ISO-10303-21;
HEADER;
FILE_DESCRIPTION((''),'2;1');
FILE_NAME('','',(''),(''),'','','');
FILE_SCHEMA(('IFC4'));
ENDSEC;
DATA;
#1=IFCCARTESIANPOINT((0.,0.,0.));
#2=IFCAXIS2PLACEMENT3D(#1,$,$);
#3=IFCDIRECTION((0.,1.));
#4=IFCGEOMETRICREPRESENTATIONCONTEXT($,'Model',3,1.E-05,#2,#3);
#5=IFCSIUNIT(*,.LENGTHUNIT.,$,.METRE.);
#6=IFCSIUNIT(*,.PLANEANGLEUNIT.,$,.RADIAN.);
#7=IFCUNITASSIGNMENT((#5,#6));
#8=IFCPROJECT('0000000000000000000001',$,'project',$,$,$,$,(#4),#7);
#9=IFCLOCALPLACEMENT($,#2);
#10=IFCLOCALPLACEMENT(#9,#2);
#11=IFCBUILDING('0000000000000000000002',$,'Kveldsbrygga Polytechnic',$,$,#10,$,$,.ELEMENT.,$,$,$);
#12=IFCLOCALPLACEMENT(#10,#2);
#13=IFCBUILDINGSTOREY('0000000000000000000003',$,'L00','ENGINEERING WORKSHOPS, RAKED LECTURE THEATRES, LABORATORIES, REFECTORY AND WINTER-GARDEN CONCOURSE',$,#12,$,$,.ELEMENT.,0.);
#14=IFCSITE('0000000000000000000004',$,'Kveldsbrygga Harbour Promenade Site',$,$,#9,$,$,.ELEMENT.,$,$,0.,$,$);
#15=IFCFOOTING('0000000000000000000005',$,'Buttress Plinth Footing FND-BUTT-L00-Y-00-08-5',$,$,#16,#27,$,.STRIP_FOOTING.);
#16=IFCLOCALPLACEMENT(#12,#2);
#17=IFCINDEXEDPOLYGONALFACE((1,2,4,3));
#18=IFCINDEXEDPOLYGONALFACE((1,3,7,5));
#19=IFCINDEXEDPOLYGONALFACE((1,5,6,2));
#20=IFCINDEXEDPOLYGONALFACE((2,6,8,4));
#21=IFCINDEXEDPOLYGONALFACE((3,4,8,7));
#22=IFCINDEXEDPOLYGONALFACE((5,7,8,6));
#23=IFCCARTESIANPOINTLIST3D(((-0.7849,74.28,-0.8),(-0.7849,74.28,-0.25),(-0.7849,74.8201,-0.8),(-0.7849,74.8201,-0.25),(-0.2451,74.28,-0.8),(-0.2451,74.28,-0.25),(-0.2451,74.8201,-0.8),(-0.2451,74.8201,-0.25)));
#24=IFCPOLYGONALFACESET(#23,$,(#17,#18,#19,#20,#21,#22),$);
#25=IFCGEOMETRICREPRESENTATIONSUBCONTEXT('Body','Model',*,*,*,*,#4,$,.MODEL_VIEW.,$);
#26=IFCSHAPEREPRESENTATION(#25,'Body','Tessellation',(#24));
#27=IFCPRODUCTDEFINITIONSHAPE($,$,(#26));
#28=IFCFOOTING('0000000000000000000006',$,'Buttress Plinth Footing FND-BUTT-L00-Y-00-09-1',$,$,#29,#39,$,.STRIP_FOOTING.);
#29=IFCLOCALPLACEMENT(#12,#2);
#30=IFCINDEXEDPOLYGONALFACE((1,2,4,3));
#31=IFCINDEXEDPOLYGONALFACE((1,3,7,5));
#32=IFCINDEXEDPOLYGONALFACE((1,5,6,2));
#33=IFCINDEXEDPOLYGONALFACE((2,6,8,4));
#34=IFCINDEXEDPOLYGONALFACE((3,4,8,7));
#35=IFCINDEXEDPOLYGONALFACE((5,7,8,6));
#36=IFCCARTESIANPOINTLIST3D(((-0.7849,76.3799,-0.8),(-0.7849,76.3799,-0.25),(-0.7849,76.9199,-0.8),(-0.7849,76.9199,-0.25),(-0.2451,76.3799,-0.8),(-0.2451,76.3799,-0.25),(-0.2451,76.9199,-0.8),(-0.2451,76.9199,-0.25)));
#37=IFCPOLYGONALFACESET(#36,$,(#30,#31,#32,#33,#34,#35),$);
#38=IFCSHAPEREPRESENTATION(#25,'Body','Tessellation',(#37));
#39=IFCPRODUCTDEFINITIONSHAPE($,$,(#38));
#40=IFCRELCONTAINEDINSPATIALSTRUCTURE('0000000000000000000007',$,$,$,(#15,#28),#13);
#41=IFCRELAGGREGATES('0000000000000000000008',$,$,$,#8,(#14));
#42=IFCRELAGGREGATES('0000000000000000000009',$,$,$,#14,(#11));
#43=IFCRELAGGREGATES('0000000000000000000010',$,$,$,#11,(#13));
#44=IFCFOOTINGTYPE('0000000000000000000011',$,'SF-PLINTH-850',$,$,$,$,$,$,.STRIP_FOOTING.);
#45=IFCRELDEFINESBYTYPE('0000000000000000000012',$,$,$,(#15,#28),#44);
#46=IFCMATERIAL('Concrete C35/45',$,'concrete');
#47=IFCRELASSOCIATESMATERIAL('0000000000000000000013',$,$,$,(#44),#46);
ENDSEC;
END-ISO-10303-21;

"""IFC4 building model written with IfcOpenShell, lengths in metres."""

from ifc_helpers import new_model, si_unit, direction, frame, origin, place, context, subcontext, project, spatial, polyline, outline, extrude, material, type_object, element, save


model = new_model("IFC4")

# Units and contexts
model_context = context("Model", 3, precision=1e-05, world=origin(), true_north=direction((0.0, 1.0)))
body_context = subcontext(model_context, "Body", "Model", "MODEL_VIEW")
ifc_project = project(units=[si_unit("LENGTHUNIT", "METRE"), si_unit("PLANEANGLEUNIT", "RADIAN")], contexts=[model_context])

# Site, building, storey
site_placement = place(None, origin())
site = spatial("IfcSite", under=ifc_project, at=site_placement, Name="Kveldsbrygga Harbour Promenade Site", CompositionType="ELEMENT", RefElevation=0.0)
building_placement = place(site_placement, origin())
building = spatial("IfcBuilding", under=site, at=building_placement, Name="Kveldsbrygga Polytechnic", CompositionType="ELEMENT")
storey_placement = place(building_placement, origin())
storey = spatial("IfcBuildingStorey", under=building, at=storey_placement, Name="L00", Description="ENGINEERING WORKSHOPS, RAKED LECTURE THEATRES, LABORATORIES, REFECTORY AND WINTER-GARDEN CONCOURSE", CompositionType="ELEMENT", Elevation=0.0)

# Footings
ifc_material = material(Name="Concrete C35/45", Category="concrete")
footing_type_1 = type_object("IfcFootingType", Name="SF-PLINTH-850", PredefinedType="STRIP_FOOTING", material=ifc_material)
footing_1_placement = place(storey_placement, frame((0.0, 0.0, -0.8)))
element("IfcFooting", 1, at=footing_1_placement, inside=storey, type_object=footing_type_1, Name="Buttress Plinth Footing FND-BUTT-L00-Y-00-08-5", PredefinedType="STRIP_FOOTING", context=body_context, shape_type="SweptSolid", body=[
    extrude(outline(polyline([(-0.7849, 74.28), (-0.2451, 74.28), (-0.2451, 74.8201), (-0.7849, 74.8201), (-0.7849, 74.28)])), origin(), (0.0, 0.0, 1.0), 0.55),
])
footing_2_placement = place(storey_placement, frame((0.0, 0.0, -0.8)))
element("IfcFooting", 2, at=footing_2_placement, inside=storey, type_object=footing_type_1, Name="Buttress Plinth Footing FND-BUTT-L00-Y-00-09-1", PredefinedType="STRIP_FOOTING", context=body_context, shape_type="SweptSolid", body=[
    extrude(outline(polyline([(-0.7849, 76.3799), (-0.2451, 76.3799), (-0.2451, 76.9199), (-0.7849, 76.9199), (-0.7849, 76.3799)])), origin(), (0.0, 0.0, 1.0), 0.55),
])

save(model, "model.ifc")
